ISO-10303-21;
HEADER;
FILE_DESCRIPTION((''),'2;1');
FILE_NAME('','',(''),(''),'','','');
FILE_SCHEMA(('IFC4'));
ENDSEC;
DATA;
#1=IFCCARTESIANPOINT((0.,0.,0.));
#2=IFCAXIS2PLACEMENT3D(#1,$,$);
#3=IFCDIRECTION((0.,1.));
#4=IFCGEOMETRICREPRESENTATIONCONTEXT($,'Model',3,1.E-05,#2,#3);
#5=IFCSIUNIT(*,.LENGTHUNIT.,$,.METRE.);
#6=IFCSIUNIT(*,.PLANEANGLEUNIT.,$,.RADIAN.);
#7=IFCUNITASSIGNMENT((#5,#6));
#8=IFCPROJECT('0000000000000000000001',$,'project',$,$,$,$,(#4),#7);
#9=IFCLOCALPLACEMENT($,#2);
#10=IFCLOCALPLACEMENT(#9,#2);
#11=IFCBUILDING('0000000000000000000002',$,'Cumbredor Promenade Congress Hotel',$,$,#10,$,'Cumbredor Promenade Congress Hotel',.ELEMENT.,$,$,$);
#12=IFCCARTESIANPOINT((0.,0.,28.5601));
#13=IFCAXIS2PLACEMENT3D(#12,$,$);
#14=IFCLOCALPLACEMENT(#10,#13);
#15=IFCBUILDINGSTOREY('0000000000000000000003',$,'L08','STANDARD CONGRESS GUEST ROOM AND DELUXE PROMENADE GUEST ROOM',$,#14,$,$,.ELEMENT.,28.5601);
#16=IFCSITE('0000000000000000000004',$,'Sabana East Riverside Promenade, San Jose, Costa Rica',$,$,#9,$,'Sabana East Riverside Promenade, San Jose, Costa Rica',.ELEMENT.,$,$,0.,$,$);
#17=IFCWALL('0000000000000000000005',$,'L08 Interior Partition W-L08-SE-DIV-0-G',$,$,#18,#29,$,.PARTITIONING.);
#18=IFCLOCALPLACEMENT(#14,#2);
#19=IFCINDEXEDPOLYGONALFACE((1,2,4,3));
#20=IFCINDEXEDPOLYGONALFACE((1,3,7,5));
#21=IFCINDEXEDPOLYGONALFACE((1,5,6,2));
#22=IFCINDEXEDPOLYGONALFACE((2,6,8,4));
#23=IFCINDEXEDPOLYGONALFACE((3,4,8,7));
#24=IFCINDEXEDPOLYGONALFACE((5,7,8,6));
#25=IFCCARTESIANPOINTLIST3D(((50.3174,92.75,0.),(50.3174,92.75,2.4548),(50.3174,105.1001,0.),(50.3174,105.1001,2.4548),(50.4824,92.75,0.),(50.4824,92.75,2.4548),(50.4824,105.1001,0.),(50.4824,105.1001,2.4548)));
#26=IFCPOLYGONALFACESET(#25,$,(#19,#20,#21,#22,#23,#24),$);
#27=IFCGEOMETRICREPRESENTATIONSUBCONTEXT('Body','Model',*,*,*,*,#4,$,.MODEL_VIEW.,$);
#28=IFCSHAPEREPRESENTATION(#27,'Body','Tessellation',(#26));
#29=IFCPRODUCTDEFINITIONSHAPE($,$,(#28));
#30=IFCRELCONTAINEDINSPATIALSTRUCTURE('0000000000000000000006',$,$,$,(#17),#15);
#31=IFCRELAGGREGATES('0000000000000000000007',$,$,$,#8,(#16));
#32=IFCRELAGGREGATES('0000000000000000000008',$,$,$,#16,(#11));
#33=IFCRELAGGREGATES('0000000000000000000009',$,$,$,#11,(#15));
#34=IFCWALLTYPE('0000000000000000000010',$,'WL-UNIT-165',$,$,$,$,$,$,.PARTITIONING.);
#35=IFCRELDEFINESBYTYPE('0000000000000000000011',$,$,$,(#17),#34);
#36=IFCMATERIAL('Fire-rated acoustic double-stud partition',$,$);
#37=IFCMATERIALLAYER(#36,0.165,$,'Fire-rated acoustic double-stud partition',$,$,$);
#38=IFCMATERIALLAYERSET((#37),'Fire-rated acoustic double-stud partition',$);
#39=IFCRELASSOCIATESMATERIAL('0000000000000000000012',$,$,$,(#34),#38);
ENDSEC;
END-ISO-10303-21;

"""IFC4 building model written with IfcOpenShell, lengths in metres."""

from ifc_helpers import new_model, si_unit, direction, frame, frame_2d, origin, place, context, subcontext, project, spatial, rectangle, extrude, material, layer, layer_set, type_object, element, save


model = new_model("IFC4")

# Units and contexts
model_context = context("Model", 3, precision=1e-05, world=origin(), true_north=direction((0.0, 1.0)))
body_context = subcontext(model_context, "Body", "Model", "MODEL_VIEW")
ifc_project = project(units=[si_unit("LENGTHUNIT", "METRE"), si_unit("PLANEANGLEUNIT", "RADIAN")], contexts=[model_context])

# Site, building, storey
site_placement = place(None, origin())
site = spatial("IfcSite", under=ifc_project, at=site_placement, Name="Sabana East Riverside Promenade, San Jose, Costa Rica", LongName="Sabana East Riverside Promenade, San Jose, Costa Rica", CompositionType="ELEMENT", RefElevation=0.0)
building_placement = place(site_placement, origin())
building = spatial("IfcBuilding", under=site, at=building_placement, Name="Cumbredor Promenade Congress Hotel", LongName="Cumbredor Promenade Congress Hotel", CompositionType="ELEMENT")
storey_placement = place(building_placement, frame((0.0, 0.0, 28.5601)))
storey = spatial("IfcBuildingStorey", under=building, at=storey_placement, Name="L08", Description="STANDARD CONGRESS GUEST ROOM AND DELUXE PROMENADE GUEST ROOM", CompositionType="ELEMENT", Elevation=28.5601)

# Wall
ifc_material_1 = material(Name="Fire-rated acoustic double-stud partition")
ifc_layer_1 = layer(ifc_material_1, 0.165, Name="Fire-rated acoustic double-stud partition")
ifc_layer_set_1 = layer_set([ifc_layer_1], Name="Fire-rated acoustic double-stud partition")
wall_type_1 = type_object("IfcWallType", Name="WL-UNIT-165", PredefinedType="PARTITIONING", material=ifc_layer_set_1)
wall_1_placement = place(storey_placement, frame((50.3999, 92.75, 0.0), z_axis=(0.0, 0.0, 1.0), x_axis=(0.0, 1.0, 0.0)))
element("IfcWall", 1, at=wall_1_placement, inside=storey, type_object=wall_type_1, Name="L08 Interior Partition W-L08-SE-DIV-0-G", PredefinedType="PARTITIONING", context=body_context, shape_type="SweptSolid", body=[
    extrude(rectangle(XDim=12.3501, YDim=0.165, at=frame_2d((6.175, 0.0))), origin(), (0.0, 0.0, 1.0), 2.4548),
])

save(model, "model.ifc")
